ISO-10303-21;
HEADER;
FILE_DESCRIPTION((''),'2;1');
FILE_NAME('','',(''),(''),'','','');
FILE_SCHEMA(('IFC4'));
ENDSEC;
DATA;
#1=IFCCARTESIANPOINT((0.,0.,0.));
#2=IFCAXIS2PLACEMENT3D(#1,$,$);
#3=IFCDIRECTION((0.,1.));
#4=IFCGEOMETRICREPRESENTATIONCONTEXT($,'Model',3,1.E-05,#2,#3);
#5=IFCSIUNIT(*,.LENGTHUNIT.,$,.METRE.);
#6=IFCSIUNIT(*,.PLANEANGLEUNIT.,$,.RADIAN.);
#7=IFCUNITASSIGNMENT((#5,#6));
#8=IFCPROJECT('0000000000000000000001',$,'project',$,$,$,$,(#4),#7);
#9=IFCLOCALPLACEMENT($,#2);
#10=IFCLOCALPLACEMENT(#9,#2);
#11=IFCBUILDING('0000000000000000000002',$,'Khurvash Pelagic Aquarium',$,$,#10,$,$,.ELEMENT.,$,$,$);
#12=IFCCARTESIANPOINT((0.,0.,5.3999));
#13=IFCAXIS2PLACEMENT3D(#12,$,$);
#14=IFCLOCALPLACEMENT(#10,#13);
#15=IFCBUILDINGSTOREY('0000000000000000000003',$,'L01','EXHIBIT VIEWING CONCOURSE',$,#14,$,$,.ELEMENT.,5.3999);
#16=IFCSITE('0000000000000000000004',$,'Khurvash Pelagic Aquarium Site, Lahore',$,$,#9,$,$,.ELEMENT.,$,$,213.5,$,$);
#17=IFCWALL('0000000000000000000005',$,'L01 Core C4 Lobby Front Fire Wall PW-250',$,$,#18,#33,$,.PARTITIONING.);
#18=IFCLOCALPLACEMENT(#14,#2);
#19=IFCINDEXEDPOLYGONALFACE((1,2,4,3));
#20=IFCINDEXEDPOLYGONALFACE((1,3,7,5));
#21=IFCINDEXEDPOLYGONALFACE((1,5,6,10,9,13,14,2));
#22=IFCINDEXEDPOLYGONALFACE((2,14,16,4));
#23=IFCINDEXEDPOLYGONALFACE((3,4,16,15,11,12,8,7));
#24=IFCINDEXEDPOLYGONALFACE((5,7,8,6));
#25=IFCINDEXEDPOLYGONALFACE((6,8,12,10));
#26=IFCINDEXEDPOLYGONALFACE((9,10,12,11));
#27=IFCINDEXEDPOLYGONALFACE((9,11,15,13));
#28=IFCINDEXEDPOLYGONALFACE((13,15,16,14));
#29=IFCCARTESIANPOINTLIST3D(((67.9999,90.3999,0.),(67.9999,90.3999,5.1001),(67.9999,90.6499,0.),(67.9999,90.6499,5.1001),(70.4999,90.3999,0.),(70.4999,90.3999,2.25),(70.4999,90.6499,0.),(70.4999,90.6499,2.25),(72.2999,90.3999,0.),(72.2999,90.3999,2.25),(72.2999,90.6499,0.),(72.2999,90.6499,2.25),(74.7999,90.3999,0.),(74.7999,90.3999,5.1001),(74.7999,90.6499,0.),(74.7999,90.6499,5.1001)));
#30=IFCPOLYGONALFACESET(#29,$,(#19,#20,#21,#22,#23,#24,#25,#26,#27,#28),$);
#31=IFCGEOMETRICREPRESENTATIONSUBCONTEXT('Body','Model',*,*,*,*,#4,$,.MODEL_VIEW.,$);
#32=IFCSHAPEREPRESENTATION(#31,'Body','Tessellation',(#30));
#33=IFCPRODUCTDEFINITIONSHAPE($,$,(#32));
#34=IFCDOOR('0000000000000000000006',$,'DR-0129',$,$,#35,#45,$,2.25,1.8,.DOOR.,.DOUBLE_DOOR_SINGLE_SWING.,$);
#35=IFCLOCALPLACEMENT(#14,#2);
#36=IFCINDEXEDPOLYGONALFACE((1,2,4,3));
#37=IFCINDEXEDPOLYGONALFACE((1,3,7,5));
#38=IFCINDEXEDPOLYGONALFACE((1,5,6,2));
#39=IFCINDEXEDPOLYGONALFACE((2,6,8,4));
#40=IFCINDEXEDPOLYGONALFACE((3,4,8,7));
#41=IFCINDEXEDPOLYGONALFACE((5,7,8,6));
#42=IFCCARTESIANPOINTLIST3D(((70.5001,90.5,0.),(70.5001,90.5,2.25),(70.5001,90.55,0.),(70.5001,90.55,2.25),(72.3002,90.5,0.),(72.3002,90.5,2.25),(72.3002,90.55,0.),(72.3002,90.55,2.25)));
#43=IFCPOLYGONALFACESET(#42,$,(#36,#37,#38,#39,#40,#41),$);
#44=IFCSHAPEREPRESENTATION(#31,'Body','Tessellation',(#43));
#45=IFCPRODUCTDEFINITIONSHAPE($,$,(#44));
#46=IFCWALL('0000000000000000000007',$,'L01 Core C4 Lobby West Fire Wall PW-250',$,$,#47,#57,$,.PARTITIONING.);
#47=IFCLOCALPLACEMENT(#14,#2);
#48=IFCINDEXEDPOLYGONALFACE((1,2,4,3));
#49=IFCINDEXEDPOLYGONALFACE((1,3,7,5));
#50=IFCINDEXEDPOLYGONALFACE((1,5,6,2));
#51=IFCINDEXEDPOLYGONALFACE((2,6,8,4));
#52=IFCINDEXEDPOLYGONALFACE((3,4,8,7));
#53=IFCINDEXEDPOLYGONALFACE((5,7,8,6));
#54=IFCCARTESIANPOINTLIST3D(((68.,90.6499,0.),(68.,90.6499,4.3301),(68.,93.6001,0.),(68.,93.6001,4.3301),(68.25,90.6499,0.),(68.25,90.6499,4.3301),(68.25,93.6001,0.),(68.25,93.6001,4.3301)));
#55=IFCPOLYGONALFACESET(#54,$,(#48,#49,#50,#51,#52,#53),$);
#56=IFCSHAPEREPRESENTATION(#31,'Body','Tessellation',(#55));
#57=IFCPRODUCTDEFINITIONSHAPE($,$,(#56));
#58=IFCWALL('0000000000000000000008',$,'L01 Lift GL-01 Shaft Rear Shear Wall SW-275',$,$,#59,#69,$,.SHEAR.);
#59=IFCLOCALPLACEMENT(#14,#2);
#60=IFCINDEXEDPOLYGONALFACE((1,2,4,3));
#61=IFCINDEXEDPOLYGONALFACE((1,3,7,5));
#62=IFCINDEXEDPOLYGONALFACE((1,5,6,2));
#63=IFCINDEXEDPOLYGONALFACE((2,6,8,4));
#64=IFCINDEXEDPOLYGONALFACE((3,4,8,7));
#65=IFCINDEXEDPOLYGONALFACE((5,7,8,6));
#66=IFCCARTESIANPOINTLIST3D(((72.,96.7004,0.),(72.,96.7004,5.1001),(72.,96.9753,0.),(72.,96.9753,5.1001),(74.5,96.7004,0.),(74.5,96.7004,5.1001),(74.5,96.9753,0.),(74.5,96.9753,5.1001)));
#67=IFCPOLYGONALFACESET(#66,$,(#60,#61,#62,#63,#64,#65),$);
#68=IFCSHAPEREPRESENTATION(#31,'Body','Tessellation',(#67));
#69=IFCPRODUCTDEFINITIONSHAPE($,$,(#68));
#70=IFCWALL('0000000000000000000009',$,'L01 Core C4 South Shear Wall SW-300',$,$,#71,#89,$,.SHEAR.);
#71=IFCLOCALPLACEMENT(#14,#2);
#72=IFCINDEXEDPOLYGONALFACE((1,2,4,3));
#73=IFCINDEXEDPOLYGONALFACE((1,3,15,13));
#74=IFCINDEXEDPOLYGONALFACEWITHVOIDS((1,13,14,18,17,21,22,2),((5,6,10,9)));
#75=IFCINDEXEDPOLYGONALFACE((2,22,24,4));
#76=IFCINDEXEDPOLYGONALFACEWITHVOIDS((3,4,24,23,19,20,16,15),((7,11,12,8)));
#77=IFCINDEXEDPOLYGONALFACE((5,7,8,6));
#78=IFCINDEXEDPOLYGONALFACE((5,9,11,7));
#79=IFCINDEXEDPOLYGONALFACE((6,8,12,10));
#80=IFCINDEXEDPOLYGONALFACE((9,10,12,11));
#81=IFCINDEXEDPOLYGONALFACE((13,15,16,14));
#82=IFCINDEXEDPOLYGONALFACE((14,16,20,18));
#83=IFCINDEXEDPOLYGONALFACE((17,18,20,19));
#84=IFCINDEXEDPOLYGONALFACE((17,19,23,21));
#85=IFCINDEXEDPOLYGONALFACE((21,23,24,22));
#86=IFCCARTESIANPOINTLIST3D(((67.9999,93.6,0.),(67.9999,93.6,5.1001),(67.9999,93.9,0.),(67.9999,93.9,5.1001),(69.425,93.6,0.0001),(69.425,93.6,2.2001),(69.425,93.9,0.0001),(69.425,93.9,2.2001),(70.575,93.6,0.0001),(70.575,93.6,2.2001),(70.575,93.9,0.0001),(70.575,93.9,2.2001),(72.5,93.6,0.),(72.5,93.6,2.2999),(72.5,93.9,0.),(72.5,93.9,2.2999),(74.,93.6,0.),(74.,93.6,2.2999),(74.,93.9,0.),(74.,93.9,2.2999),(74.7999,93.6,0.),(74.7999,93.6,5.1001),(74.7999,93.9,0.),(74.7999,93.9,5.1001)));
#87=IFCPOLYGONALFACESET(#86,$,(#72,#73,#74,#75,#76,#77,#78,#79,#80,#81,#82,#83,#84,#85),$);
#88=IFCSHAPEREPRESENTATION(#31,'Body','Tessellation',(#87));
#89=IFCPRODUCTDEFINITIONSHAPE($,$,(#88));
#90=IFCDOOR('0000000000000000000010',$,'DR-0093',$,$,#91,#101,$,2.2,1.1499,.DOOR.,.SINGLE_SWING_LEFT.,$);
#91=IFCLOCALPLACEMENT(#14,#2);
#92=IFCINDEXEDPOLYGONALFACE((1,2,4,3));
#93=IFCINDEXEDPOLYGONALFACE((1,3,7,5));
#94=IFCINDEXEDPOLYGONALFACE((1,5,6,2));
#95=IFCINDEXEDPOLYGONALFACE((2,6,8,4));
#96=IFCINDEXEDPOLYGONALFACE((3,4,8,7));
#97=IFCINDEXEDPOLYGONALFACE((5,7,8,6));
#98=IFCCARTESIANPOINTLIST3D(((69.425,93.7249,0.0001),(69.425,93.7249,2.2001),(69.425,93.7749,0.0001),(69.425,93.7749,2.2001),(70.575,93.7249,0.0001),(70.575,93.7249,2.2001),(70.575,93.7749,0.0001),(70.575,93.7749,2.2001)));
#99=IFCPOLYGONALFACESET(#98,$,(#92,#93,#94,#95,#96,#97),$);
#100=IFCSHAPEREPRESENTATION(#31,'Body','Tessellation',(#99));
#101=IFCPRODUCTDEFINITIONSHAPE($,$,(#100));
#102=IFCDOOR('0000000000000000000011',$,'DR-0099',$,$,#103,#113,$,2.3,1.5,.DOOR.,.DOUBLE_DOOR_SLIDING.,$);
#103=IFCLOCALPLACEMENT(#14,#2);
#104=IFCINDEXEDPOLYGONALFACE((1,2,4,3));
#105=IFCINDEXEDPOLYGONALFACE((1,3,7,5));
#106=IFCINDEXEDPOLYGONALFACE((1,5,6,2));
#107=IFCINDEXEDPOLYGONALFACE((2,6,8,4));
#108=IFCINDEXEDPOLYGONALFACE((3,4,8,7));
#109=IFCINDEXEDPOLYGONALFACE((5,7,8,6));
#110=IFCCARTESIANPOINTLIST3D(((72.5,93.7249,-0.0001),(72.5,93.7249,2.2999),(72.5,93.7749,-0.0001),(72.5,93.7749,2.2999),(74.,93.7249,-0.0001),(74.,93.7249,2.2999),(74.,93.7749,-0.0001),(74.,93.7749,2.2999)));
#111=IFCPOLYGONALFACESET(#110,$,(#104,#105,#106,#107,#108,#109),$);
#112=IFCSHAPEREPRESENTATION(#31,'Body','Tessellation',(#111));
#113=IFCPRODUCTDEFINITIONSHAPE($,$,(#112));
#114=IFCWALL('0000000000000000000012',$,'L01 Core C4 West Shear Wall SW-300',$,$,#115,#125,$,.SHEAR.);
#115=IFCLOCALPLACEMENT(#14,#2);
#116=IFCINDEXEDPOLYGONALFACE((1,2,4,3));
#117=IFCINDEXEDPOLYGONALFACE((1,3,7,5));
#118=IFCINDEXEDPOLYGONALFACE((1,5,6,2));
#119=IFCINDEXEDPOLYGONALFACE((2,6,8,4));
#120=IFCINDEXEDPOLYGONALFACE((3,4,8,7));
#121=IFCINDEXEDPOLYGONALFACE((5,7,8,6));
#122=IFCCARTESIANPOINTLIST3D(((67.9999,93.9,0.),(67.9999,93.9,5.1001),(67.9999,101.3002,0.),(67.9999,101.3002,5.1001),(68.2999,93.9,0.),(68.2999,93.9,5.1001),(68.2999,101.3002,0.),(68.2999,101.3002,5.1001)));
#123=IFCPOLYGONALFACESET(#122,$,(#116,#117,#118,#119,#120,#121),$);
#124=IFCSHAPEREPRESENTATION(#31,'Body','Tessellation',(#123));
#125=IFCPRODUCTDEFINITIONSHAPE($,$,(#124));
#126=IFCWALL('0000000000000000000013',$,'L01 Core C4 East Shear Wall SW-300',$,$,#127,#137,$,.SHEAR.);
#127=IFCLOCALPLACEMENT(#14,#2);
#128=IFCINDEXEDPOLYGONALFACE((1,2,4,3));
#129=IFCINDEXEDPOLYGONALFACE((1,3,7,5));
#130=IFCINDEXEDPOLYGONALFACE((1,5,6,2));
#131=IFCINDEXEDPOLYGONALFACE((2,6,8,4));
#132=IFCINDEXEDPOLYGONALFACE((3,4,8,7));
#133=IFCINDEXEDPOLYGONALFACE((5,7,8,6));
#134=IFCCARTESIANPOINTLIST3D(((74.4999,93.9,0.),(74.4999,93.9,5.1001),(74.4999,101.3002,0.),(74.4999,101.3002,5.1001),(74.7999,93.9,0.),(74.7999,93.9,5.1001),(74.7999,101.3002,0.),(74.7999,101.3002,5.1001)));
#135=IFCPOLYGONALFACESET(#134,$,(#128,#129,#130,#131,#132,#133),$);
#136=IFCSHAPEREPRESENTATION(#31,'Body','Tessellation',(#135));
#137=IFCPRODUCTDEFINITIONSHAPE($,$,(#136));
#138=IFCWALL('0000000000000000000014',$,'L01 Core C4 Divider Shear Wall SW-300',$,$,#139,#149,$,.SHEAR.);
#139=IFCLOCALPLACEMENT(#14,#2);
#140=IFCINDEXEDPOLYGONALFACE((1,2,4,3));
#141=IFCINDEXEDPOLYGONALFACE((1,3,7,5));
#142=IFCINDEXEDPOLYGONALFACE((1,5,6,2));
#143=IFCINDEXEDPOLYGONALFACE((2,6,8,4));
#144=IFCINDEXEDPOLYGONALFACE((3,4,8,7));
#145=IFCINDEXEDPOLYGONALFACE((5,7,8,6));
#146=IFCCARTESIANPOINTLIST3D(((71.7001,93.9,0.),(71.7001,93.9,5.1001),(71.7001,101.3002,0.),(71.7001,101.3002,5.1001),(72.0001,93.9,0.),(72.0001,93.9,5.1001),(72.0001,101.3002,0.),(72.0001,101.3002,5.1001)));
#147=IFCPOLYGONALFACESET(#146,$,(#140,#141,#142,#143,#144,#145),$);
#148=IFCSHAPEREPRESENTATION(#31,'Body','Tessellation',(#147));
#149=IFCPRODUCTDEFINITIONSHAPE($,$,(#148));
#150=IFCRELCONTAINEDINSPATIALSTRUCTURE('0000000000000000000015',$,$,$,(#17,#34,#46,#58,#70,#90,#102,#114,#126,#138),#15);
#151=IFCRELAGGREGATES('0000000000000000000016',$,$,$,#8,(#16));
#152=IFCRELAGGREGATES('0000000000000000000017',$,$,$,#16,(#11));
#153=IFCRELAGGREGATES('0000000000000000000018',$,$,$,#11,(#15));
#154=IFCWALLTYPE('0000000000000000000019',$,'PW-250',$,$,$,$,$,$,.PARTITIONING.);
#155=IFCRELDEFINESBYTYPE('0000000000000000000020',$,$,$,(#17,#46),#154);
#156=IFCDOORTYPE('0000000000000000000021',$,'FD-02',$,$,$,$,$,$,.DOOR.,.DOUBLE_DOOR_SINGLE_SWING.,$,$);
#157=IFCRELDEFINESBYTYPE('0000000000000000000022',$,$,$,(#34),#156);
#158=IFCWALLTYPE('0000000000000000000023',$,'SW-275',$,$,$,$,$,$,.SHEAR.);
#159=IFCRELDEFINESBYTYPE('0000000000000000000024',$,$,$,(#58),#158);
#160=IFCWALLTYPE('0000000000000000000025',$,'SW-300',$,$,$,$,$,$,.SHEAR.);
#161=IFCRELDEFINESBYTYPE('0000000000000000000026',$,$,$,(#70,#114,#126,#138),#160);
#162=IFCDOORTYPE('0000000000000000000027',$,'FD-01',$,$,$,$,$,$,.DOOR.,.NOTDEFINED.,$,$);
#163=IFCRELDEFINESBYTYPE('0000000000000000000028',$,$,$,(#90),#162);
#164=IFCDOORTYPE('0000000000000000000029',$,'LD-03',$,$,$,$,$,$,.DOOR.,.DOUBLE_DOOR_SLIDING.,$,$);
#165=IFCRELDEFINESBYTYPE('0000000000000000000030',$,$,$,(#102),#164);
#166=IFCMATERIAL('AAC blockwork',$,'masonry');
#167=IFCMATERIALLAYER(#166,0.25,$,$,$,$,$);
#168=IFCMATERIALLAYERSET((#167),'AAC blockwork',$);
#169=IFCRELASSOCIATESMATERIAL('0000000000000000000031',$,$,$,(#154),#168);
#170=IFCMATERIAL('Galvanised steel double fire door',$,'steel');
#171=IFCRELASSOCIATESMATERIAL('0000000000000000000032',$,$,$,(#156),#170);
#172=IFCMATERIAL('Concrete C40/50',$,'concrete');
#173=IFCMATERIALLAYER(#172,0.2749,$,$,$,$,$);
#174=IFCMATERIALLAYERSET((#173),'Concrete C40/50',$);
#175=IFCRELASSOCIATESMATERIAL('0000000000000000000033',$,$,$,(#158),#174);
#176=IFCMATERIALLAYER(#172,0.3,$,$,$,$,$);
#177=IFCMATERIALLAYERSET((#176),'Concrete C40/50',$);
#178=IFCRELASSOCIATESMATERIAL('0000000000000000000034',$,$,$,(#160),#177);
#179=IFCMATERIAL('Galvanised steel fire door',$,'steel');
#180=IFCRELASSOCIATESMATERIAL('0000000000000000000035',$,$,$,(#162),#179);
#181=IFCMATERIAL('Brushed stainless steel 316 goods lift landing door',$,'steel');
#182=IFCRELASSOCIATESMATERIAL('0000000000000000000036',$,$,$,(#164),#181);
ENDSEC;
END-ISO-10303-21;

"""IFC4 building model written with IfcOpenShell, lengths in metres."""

from ifc_helpers import new_model, si_unit, direction, frame, frame_2d, origin, place, context, subcontext, project, spatial, rectangle, extrude, material, layer, layer_set, type_object, element, fill, save


model = new_model("IFC4")

# Units and contexts
model_context = context("Model", 3, precision=1e-05, world=origin(), true_north=direction((0.0, 1.0)))
body_context = subcontext(model_context, "Body", "Model", "MODEL_VIEW")
ifc_project = project(units=[si_unit("LENGTHUNIT", "METRE"), si_unit("PLANEANGLEUNIT", "RADIAN")], contexts=[model_context])

# Site, building, storey
site_placement = place(None, origin())
site = spatial("IfcSite", under=ifc_project, at=site_placement, Name="Khurvash Pelagic Aquarium Site, Lahore", CompositionType="ELEMENT", RefElevation=213.5)
building_placement = place(site_placement, origin())
building = spatial("IfcBuilding", under=site, at=building_placement, Name="Khurvash Pelagic Aquarium", CompositionType="ELEMENT")
storey_placement = place(building_placement, frame((0.0, 0.0, 5.3999)))
storey = spatial("IfcBuildingStorey", under=building, at=storey_placement, Name="L01", Description="EXHIBIT VIEWING CONCOURSE", CompositionType="ELEMENT", Elevation=5.3999)

# Shared definitions
ifc_material_1 = material(Name="Concrete C40/50", Category="concrete")

# Wall, opening, door
ifc_material_2 = material(Name="AAC blockwork", Category="masonry")
ifc_layer_1 = layer(ifc_material_2, 0.25)
ifc_layer_set_1 = layer_set([ifc_layer_1], Name="AAC blockwork")
wall_type_1 = type_object("IfcWallType", Name="PW-250", PredefinedType="PARTITIONING", material=ifc_layer_set_1)
wall_1_placement = place(storey_placement, frame((68.0, 90.5249, 0.0), z_axis=(0.0, 0.0, 1.0), x_axis=(1.0, 0.0, 0.0)))
wall_1 = element("IfcWall", 1, at=wall_1_placement, inside=storey, type_object=wall_type_1, Name="L01 Core C4 Lobby Front Fire Wall PW-250", PredefinedType="PARTITIONING", context=body_context, shape_type="SweptSolid", body=[
    extrude(rectangle(XDim=6.8, YDim=0.25, at=frame_2d((3.3999, 0.0))), origin(), (0.0, 0.0, 1.0), 5.1001),
])
opening_1_placement = place(wall_1_placement, frame((2.5, 0.0, 0.0)))
opening_1 = element("IfcOpeningElement", 2, at=opening_1_placement, cuts=wall_1, PredefinedType="OPENING", context=body_context, shape_type="SweptSolid", body=[
    extrude(rectangle(XDim=1.8, YDim=2.25, at=frame_2d((0.8999, 1.125))), frame((0.0, 0.135, 0.0), z_axis=(0.0, -1.0, 0.0), x_axis=(1.0, 0.0, 0.0)), (0.0, 0.0, 1.0), 0.27),
])
ifc_material_3 = material(Name="Galvanised steel double fire door", Category="steel")
door_type_1 = type_object("IfcDoorType", Name="FD-02", OperationType="DOUBLE_DOOR_SINGLE_SWING", PredefinedType="DOOR", material=ifc_material_3)
door_1_placement = place(opening_1_placement, frame((1.8, 0.0, 0.0), z_axis=(0.0, 0.0, 1.0), x_axis=(-1.0, 0.0, 0.0)))
door_1 = element("IfcDoor", 3, at=door_1_placement, inside=storey, type_object=door_type_1, Name="DR-0129", OperationType="DOUBLE_DOOR_SINGLE_SWING", OverallHeight=2.25, OverallWidth=1.8, PredefinedType="DOOR", context=body_context, shape_type="SweptSolid", body=[
    extrude(rectangle(XDim=1.8, YDim=2.25, at=frame_2d((0.8999, 1.125))), frame((0.0, 0.0249, 0.0), z_axis=(0.0, -1.0, 0.0), x_axis=(1.0, 0.0, 0.0)), (0.0, 0.0, 1.0), 0.05),
])
fill(opening_1, door_1)

# Walls
wall_2_placement = place(storey_placement, frame((68.125, 90.6499, 0.0), z_axis=(0.0, 0.0, 1.0), x_axis=(0.0, 1.0, 0.0)))
element("IfcWall", 4, at=wall_2_placement, inside=storey, type_object=wall_type_1, Name="L01 Core C4 Lobby West Fire Wall PW-250", PredefinedType="PARTITIONING", context=body_context, shape_type="SweptSolid", body=[
    extrude(rectangle(XDim=2.9502, YDim=0.25, at=frame_2d((1.4751, 0.0))), origin(), (0.0, 0.0, 1.0), 4.3301),
])
ifc_layer_2 = layer(ifc_material_1, 0.2749)
ifc_layer_set_2 = layer_set([ifc_layer_2], Name="Concrete C40/50")
wall_type_2 = type_object("IfcWallType", Name="SW-275", PredefinedType="SHEAR", material=ifc_layer_set_2)
wall_3_placement = place(storey_placement, frame((72.0, 96.8379, 0.0), z_axis=(0.0, 0.0, 1.0), x_axis=(1.0, 0.0, 0.0)))
element("IfcWall", 5, at=wall_3_placement, inside=storey, type_object=wall_type_2, Name="L01 Lift GL-01 Shaft Rear Shear Wall SW-275", PredefinedType="SHEAR", context=body_context, shape_type="SweptSolid", body=[
    extrude(rectangle(XDim=2.5, YDim=0.2749, at=frame_2d((1.25, 0.0))), origin(), (0.0, 0.0, 1.0), 5.1001),
])

# Wall, openings, doors
ifc_layer_3 = layer(ifc_material_1, 0.3)
ifc_layer_set_3 = layer_set([ifc_layer_3], Name="Concrete C40/50")
wall_type_3 = type_object("IfcWallType", Name="SW-300", PredefinedType="SHEAR", material=ifc_layer_set_3)
wall_4_placement = place(storey_placement, frame((68.0, 93.75, 0.0), z_axis=(0.0, 0.0, 1.0), x_axis=(1.0, 0.0, 0.0)))
wall_4 = element("IfcWall", 6, at=wall_4_placement, inside=storey, type_object=wall_type_3, Name="L01 Core C4 South Shear Wall SW-300", PredefinedType="SHEAR", context=body_context, shape_type="SweptSolid", body=[
    extrude(rectangle(XDim=6.8, YDim=0.3, at=frame_2d((3.3999, 0.0))), origin(), (0.0, 0.0, 1.0), 5.1001),
])
opening_2_placement = place(wall_4_placement, frame((1.425, 0.0, 0.0)))
opening_2 = element("IfcOpeningElement", 7, at=opening_2_placement, cuts=wall_4, PredefinedType="OPENING", context=body_context, shape_type="SweptSolid", body=[
    extrude(rectangle(XDim=1.1499, YDim=2.2, at=frame_2d((0.575, 1.1001))), frame((0.0, 0.1602, 0.0), z_axis=(0.0, -1.0, 0.0), x_axis=(1.0, 0.0, 0.0)), (0.0, 0.0, 1.0), 0.3201),
])
opening_3_placement = place(wall_4_placement, frame((4.5, 0.0, 0.0)))
opening_3 = element("IfcOpeningElement", 8, at=opening_3_placement, cuts=wall_4, PredefinedType="OPENING", context=body_context, shape_type="SweptSolid", body=[
    extrude(rectangle(XDim=1.5, YDim=2.3, at=frame_2d((0.75, 1.1499))), frame((0.0, 0.1602, 0.0), z_axis=(0.0, -1.0, 0.0), x_axis=(1.0, 0.0, 0.0)), (0.0, 0.0, 1.0), 0.3201),
])
ifc_material_4 = material(Name="Galvanised steel fire door", Category="steel")
door_type_2 = type_object("IfcDoorType", Name="FD-01", OperationType="NOTDEFINED", PredefinedType="DOOR", material=ifc_material_4)
door_2_placement = place(opening_2_placement, origin())
door_2 = element("IfcDoor", 9, at=door_2_placement, inside=storey, type_object=door_type_2, Name="DR-0093", OperationType="SINGLE_SWING_LEFT", OverallHeight=2.2, OverallWidth=1.1499, PredefinedType="DOOR", context=body_context, shape_type="SweptSolid", body=[
    extrude(rectangle(XDim=1.1499, YDim=2.2, at=frame_2d((0.575, 1.1001))), frame((0.0, 0.0249, 0.0), z_axis=(0.0, -1.0, 0.0), x_axis=(1.0, 0.0, 0.0)), (0.0, 0.0, 1.0), 0.05),
])
fill(opening_2, door_2)
ifc_material_5 = material(Name="Brushed stainless steel 316 goods lift landing door", Category="steel")
door_type_3 = type_object("IfcDoorType", Name="LD-03", OperationType="DOUBLE_DOOR_SLIDING", PredefinedType="DOOR", material=ifc_material_5)
door_3_placement = place(opening_3_placement, origin())
door_3 = element("IfcDoor", 10, at=door_3_placement, inside=storey, type_object=door_type_3, Name="DR-0099", OperationType="DOUBLE_DOOR_SLIDING", OverallHeight=2.3, OverallWidth=1.5, PredefinedType="DOOR", context=body_context, shape_type="SweptSolid", body=[
    extrude(rectangle(XDim=1.5, YDim=2.3, at=frame_2d((0.75, 1.1499))), frame((0.0, 0.0249, 0.0), z_axis=(0.0, -1.0, 0.0), x_axis=(1.0, 0.0, 0.0)), (0.0, 0.0, 1.0), 0.05),
])
fill(opening_3, door_3)

# Walls
for number, where, z_axis, x_axis, name in (
    (11, (68.1499, 93.8999, 0.0), (0.0, 0.0, 1.0), (0.0, 1.0, 0.0), "L01 Core C4 West Shear Wall SW-300"),
    (12, (74.6499, 93.8999, 0.0), (0.0, 0.0, 1.0), (0.0, 1.0, 0.0), "L01 Core C4 East Shear Wall SW-300"),
    (13, (71.8501, 93.8999, 0.0), (0.0, 0.0, 1.0), (0.0, 1.0, 0.0), "L01 Core C4 Divider Shear Wall SW-300"),
):
    element("IfcWall", number, at=place(storey_placement, frame(where, z_axis=z_axis, x_axis=x_axis)), inside=storey, type_object=wall_type_3, Name=name, PredefinedType="SHEAR", context=body_context, shape_type="SweptSolid", body=[
        extrude(rectangle(XDim=7.4001, YDim=0.3, at=frame_2d((3.7002, 0.0))), origin(), (0.0, 0.0, 1.0), 5.1001),
    ])

save(model, "model.ifc")
